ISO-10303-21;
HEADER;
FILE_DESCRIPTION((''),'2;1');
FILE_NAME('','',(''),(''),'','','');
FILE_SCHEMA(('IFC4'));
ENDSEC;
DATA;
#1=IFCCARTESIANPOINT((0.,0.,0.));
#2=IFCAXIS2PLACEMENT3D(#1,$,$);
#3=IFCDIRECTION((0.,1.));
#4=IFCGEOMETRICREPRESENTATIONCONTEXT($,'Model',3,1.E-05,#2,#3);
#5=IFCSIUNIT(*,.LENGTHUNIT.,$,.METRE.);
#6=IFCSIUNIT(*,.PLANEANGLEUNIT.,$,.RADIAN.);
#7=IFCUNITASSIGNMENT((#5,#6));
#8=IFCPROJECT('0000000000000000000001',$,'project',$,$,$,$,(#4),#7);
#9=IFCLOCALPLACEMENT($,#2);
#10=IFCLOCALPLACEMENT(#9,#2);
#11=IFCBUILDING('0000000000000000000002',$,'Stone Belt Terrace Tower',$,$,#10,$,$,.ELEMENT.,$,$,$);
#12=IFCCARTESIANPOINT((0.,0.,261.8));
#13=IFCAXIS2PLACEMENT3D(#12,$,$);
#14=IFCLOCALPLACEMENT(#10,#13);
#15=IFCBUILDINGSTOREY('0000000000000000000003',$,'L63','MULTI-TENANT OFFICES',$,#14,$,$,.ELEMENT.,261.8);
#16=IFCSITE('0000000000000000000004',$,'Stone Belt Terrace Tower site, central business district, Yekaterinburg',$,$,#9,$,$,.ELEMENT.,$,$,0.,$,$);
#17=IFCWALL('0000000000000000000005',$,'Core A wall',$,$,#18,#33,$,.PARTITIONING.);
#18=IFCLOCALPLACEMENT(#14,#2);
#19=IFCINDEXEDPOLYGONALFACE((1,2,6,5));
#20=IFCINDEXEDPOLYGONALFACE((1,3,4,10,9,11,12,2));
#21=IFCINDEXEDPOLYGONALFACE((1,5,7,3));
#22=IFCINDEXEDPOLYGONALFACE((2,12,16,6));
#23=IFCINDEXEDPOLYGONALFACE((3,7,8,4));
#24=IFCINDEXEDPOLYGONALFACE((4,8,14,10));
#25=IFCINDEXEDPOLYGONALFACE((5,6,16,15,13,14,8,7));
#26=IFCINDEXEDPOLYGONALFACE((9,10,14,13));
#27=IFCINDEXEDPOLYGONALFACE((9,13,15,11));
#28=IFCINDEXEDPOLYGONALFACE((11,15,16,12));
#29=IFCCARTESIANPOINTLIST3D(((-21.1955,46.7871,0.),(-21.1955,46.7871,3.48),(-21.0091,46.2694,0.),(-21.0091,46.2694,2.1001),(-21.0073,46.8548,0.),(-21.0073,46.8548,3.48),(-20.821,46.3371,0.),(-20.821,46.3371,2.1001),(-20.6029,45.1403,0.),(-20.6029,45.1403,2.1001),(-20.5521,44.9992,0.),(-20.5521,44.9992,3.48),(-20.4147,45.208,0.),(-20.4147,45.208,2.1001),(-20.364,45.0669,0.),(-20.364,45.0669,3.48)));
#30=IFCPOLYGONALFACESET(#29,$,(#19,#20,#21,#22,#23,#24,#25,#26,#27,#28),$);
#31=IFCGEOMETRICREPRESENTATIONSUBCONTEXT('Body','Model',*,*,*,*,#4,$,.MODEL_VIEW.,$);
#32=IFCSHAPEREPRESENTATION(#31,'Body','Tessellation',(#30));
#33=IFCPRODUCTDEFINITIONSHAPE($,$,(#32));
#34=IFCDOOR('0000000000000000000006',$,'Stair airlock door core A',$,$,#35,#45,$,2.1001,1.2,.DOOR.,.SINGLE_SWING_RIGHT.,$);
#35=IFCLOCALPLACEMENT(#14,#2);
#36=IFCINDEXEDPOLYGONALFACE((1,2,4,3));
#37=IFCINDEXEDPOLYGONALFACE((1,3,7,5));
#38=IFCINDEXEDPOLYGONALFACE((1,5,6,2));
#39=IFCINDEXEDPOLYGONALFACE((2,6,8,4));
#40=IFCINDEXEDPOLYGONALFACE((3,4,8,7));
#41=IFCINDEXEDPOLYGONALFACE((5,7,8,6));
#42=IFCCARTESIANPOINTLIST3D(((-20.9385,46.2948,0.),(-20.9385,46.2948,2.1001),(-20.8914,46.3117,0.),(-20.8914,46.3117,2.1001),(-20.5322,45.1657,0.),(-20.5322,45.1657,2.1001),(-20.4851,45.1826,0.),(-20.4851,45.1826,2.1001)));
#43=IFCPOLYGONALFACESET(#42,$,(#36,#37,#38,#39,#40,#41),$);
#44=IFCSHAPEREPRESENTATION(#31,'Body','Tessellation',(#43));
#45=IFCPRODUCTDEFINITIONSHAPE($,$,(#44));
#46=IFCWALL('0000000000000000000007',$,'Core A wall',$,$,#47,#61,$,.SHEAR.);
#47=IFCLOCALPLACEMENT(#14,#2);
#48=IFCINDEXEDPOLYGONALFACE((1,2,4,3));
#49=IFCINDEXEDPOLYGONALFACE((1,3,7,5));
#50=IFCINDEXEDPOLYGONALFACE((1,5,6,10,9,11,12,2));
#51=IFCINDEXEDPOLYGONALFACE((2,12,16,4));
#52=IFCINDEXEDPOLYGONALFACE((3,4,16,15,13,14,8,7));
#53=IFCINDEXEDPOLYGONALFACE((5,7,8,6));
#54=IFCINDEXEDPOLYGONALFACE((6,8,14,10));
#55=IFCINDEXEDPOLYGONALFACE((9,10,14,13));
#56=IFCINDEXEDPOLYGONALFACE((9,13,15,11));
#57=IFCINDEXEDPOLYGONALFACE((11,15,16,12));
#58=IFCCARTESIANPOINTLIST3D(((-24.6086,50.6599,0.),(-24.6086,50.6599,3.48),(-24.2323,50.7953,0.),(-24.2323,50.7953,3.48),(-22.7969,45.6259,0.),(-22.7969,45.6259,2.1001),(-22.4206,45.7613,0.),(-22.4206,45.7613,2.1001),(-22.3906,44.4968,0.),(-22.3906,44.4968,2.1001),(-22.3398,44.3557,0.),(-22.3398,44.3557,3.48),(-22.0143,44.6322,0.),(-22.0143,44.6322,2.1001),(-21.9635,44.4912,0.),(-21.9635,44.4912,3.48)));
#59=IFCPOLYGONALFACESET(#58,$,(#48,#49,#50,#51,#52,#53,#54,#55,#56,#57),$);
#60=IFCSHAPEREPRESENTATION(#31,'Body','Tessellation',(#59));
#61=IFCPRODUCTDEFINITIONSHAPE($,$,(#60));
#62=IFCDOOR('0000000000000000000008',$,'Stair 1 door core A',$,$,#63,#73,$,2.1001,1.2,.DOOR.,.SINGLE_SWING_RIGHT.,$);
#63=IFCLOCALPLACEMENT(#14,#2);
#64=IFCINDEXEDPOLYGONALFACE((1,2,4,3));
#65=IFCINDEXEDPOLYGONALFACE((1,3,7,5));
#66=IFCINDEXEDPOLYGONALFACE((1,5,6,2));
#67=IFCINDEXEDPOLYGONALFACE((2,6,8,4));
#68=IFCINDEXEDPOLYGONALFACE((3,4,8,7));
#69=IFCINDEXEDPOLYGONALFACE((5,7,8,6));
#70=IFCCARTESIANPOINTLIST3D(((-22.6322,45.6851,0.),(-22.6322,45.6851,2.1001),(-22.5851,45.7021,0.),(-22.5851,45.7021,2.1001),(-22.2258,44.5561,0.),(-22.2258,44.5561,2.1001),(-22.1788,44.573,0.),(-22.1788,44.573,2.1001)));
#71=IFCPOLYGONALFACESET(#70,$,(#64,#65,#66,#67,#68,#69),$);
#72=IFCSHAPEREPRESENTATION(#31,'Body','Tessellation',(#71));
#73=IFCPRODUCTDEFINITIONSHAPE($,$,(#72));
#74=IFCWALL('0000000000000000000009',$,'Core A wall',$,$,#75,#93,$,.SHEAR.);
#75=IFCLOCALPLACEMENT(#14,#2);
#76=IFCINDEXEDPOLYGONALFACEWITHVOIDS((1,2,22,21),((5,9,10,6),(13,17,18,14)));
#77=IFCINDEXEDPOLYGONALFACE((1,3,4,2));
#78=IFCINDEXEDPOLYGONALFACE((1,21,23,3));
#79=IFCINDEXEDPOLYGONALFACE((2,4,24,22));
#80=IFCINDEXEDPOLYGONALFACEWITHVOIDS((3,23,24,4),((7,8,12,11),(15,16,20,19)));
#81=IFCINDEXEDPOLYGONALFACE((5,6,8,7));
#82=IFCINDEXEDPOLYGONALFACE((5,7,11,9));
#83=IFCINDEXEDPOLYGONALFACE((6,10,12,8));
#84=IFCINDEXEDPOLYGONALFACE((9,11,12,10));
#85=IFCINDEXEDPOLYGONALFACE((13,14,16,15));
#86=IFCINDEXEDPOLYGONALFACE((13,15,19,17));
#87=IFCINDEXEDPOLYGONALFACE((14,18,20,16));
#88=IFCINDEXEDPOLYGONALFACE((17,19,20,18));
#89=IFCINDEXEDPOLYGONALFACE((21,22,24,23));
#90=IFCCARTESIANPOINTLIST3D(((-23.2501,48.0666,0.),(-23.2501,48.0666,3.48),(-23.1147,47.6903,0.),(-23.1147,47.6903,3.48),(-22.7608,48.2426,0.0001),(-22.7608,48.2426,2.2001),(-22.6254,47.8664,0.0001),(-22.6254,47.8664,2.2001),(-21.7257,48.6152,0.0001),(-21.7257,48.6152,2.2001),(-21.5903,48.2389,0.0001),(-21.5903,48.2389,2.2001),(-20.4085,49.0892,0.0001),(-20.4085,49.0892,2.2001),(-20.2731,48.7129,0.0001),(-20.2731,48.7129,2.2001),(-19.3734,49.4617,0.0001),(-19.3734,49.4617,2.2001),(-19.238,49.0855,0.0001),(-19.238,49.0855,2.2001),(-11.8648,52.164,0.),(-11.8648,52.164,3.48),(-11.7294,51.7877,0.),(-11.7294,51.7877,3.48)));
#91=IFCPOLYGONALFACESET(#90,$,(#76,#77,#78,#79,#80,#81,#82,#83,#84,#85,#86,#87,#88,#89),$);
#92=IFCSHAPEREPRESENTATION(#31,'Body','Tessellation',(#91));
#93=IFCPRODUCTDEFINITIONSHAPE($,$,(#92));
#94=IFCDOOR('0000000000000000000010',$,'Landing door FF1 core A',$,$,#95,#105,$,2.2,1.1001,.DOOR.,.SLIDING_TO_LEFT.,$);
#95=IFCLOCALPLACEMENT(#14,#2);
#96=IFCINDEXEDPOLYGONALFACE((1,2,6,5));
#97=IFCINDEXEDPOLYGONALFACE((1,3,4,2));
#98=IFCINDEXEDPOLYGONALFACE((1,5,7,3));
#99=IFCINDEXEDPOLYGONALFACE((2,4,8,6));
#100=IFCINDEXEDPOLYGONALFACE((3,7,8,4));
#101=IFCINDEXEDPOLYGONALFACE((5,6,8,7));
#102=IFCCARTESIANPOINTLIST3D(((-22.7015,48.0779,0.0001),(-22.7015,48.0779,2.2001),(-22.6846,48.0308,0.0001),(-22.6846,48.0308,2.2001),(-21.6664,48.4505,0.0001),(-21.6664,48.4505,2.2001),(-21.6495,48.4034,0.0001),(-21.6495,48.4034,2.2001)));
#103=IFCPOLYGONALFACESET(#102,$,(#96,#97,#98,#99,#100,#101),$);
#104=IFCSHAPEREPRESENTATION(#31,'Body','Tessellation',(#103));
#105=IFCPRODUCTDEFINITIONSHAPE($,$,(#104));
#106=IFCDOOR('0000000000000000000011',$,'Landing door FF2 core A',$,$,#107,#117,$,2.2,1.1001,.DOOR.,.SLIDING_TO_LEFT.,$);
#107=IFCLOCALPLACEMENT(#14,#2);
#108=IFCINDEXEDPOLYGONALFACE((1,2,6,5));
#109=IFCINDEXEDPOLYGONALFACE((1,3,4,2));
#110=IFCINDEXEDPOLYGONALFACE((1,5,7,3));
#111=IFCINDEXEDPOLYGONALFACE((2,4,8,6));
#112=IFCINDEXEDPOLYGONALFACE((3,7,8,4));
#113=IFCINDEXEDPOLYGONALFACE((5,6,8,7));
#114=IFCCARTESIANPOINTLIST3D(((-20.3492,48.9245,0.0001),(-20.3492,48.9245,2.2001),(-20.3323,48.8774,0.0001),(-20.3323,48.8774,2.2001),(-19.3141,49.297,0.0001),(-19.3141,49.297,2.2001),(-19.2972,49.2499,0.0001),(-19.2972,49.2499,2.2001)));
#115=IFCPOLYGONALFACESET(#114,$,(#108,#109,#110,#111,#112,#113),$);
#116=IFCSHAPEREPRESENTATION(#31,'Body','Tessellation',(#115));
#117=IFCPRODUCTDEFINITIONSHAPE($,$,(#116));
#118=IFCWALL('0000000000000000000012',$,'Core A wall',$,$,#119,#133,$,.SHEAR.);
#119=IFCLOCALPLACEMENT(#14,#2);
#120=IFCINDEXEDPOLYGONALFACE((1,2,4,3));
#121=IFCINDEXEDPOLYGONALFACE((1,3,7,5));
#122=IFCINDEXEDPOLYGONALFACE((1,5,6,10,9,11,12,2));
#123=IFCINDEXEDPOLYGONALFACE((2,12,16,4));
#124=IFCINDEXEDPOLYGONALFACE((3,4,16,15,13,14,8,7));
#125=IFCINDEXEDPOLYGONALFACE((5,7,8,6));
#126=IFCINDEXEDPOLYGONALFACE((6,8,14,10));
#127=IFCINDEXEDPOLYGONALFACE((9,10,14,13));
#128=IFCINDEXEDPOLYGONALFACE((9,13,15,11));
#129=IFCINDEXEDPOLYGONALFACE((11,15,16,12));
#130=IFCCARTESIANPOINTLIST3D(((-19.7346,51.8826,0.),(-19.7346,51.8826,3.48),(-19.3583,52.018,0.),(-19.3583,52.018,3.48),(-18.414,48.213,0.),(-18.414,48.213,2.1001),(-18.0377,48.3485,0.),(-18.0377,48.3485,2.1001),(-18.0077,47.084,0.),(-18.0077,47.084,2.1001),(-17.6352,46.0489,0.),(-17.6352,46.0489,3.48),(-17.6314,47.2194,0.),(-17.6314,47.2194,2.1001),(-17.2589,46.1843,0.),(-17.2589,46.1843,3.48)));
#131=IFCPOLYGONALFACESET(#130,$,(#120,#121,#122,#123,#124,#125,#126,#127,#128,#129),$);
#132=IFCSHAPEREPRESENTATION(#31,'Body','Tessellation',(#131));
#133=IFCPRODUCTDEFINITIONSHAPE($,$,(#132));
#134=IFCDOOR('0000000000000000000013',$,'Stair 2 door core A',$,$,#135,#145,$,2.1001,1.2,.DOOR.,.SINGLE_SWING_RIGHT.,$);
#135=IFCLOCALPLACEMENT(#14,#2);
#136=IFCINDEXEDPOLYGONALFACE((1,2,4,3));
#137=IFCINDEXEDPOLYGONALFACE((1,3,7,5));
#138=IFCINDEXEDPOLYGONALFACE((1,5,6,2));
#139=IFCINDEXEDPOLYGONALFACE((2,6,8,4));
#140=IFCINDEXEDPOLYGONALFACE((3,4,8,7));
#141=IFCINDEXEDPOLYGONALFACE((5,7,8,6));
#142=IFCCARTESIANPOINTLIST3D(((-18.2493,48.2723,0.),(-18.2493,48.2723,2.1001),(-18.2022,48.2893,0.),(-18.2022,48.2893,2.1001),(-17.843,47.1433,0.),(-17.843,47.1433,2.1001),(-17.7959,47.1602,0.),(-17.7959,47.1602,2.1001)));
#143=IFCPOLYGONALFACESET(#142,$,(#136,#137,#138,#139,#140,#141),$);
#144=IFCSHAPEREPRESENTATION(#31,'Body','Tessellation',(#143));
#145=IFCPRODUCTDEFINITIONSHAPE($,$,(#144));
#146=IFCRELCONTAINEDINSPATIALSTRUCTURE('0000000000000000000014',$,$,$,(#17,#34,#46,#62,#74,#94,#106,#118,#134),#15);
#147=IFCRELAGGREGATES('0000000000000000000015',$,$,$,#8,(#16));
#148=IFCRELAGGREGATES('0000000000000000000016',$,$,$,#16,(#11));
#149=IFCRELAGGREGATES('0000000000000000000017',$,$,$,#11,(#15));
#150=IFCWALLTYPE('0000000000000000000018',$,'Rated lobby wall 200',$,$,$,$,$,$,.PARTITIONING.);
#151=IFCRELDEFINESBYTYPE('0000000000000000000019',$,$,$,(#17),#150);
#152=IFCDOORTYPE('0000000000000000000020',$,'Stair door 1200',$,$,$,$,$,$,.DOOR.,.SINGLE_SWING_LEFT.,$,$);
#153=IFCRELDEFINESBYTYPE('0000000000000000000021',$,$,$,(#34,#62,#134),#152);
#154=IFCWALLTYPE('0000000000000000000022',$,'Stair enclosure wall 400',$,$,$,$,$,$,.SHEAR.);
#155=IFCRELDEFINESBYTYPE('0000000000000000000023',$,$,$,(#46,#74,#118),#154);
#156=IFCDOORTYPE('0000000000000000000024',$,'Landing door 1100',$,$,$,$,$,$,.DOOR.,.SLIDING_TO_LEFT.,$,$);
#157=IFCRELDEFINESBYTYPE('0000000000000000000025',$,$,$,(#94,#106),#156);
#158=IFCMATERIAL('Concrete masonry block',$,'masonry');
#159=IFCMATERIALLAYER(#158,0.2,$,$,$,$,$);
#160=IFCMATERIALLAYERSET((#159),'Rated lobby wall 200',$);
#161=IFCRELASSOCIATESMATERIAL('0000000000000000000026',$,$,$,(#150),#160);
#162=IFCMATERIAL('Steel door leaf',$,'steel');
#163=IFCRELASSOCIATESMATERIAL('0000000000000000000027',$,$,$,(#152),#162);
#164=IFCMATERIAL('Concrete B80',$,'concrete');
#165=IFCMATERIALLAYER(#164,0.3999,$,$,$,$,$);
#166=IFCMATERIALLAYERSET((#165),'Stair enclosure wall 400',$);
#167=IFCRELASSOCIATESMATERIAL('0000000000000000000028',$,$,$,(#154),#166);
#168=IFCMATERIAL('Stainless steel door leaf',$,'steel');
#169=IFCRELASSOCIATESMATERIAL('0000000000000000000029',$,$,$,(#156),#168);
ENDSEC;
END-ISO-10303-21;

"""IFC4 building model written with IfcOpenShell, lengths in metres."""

from ifc_helpers import new_model, si_unit, direction, frame, frame_2d, origin, place, context, subcontext, project, spatial, rectangle, extrude, material, layer, layer_set, type_object, element, fill, save


model = new_model("IFC4")

# Units and contexts
model_context = context("Model", 3, precision=1e-05, world=origin(), true_north=direction((0.0, 1.0)))
body_context = subcontext(model_context, "Body", "Model", "MODEL_VIEW")
ifc_project = project(units=[si_unit("LENGTHUNIT", "METRE"), si_unit("PLANEANGLEUNIT", "RADIAN")], contexts=[model_context])

# Site, building, storey
site_placement = place(None, origin())
site = spatial("IfcSite", under=ifc_project, at=site_placement, Name="Stone Belt Terrace Tower site, central business district, Yekaterinburg", CompositionType="ELEMENT", RefElevation=0.0)
building_placement = place(site_placement, origin())
building = spatial("IfcBuilding", under=site, at=building_placement, Name="Stone Belt Terrace Tower", CompositionType="ELEMENT")
storey_placement = place(building_placement, frame((0.0, 0.0, 261.8)))
storey = spatial("IfcBuildingStorey", under=building, at=storey_placement, Name="L63", Description="MULTI-TENANT OFFICES", CompositionType="ELEMENT", Elevation=261.8)

# Shared definitions
ifc_material_1 = material(Name="Concrete B80", Category="concrete")

# Shared definitions
ifc_material_2 = material(Name="Concrete masonry block", Category="masonry")
ifc_layer_1 = layer(ifc_material_2, 0.2)
ifc_layer_set_1 = layer_set([ifc_layer_1], Name="Rated lobby wall 200")
wall_type_1 = type_object("IfcWallType", Name="Rated lobby wall 200", PredefinedType="PARTITIONING", material=ifc_layer_set_1)

# Walls, openings, doors
wall_1_placement = place(storey_placement, frame((-20.458, 45.033, 0.0), z_axis=(0.0, 0.0, 1.0), x_axis=(-0.338574, 0.94094, 0.0)))
wall_1 = element("IfcWall", 1, at=wall_1_placement, inside=storey, type_object=wall_type_1, Name="Core A wall", PredefinedType="PARTITIONING", context=body_context, shape_type="SweptSolid", body=[
    extrude(rectangle(XDim=1.9001, YDim=0.2, at=frame_2d((0.9502, 0.0))), origin(), (0.0, 0.0, 1.0), 3.48),
])
opening_1_placement = place(wall_1_placement, frame((0.1499, 0.0, 0.0)))
opening_1 = element("IfcOpeningElement", 2, at=opening_1_placement, cuts=wall_1, PredefinedType="OPENING", context=body_context, shape_type="SweptSolid", body=[
    extrude(rectangle(XDim=1.2, YDim=2.1001, at=frame_2d((0.6001, 1.05))), frame((0.0, 0.1099, 0.0), z_axis=(0.0, -1.0, 0.0), x_axis=(1.0, 0.0, 0.0)), (0.0, 0.0, 1.0), 0.22),
])
ifc_material_3 = material(Name="Steel door leaf", Category="steel")
door_type_1 = type_object("IfcDoorType", Name="Stair door 1200", OperationType="SINGLE_SWING_LEFT", PredefinedType="DOOR", material=ifc_material_3)
door_1_placement = place(opening_1_placement, origin())
door_1 = element("IfcDoor", 3, at=door_1_placement, inside=storey, type_object=door_type_1, Name="Stair airlock door core A", OperationType="SINGLE_SWING_RIGHT", OverallHeight=2.1001, OverallWidth=1.2, PredefinedType="DOOR", context=body_context, shape_type="SweptSolid", body=[
    extrude(rectangle(XDim=1.2, YDim=2.1001, at=frame_2d((0.6001, 1.05))), frame((0.0, 0.0249, 0.0), z_axis=(0.0, -1.0, 0.0), x_axis=(1.0, 0.0, 0.0)), (0.0, 0.0, 1.0), 0.05),
])
fill(opening_1, door_1)
ifc_layer_2 = layer(ifc_material_1, 0.3999)
ifc_layer_set_2 = layer_set([ifc_layer_2], Name="Stair enclosure wall 400")
wall_type_2 = type_object("IfcWallType", Name="Stair enclosure wall 400", PredefinedType="SHEAR", material=ifc_layer_set_2)
wall_2_placement = place(storey_placement, frame((-22.1516, 44.4233, 0.0), z_axis=(0.0, 0.0, 1.0), x_axis=(-0.338625, 0.940921, 0.0)))
wall_2 = element("IfcWall", 4, at=wall_2_placement, inside=storey, type_object=wall_type_2, Name="Core A wall", PredefinedType="SHEAR", context=body_context, shape_type="SweptSolid", body=[
    extrude(rectangle(XDim=6.7, YDim=0.3999, at=frame_2d((3.3501, 0.0))), origin(), (0.0, 0.0, 1.0), 3.48),
])
opening_2_placement = place(wall_2_placement, frame((0.1499, 0.0, 0.0)))
opening_2 = element("IfcOpeningElement", 5, at=opening_2_placement, cuts=wall_2, PredefinedType="OPENING", context=body_context, shape_type="SweptSolid", body=[
    extrude(rectangle(XDim=1.2, YDim=2.1001, at=frame_2d((0.6001, 1.05))), frame((0.0, 0.21, 0.0), z_axis=(0.0, -1.0, 0.0), x_axis=(1.0, 0.0, 0.0)), (0.0, 0.0, 1.0), 0.4199),
])
door_2_placement = place(opening_2_placement, origin())
door_2 = element("IfcDoor", 6, at=door_2_placement, inside=storey, type_object=door_type_1, Name="Stair 1 door core A", OperationType="SINGLE_SWING_RIGHT", OverallHeight=2.1001, OverallWidth=1.2, PredefinedType="DOOR", context=body_context, shape_type="SweptSolid", body=[
    extrude(rectangle(XDim=1.2, YDim=2.1001, at=frame_2d((0.6001, 1.05))), frame((0.0, 0.0249, 0.0), z_axis=(0.0, -1.0, 0.0), x_axis=(1.0, 0.0, 0.0)), (0.0, 0.0, 1.0), 0.05),
])
fill(opening_2, door_2)

# Wall, openings, doors
wall_3_placement = place(storey_placement, frame((-23.1824, 47.8784, 0.0), z_axis=(0.0, 0.0, 1.0), x_axis=(0.940921, 0.338626, 0.0)))
wall_3 = element("IfcWall", 7, at=wall_3_placement, inside=storey, type_object=wall_type_2, Name="Core A wall", PredefinedType="SHEAR", context=body_context, shape_type="SweptSolid", body=[
    extrude(rectangle(XDim=12.1001, YDim=0.3999, at=frame_2d((6.05, 0.0))), origin(), (0.0, 0.0, 1.0), 3.48),
])
opening_3_placement = place(wall_3_placement, frame((0.52, 0.0, 0.0)))
opening_3 = element("IfcOpeningElement", 8, at=opening_3_placement, cuts=wall_3, PredefinedType="OPENING", context=body_context, shape_type="SweptSolid", body=[
    extrude(rectangle(XDim=1.1001, YDim=2.2, at=frame_2d((0.55, 1.1001))), frame((0.0, 0.21, 0.0), z_axis=(0.0, -1.0, 0.0), x_axis=(1.0, 0.0, 0.0)), (0.0, 0.0, 1.0), 0.4199),
])
opening_4_placement = place(wall_3_placement, frame((3.02, 0.0, 0.0)))
opening_4 = element("IfcOpeningElement", 9, at=opening_4_placement, cuts=wall_3, PredefinedType="OPENING", context=body_context, shape_type="SweptSolid", body=[
    extrude(rectangle(XDim=1.1001, YDim=2.2, at=frame_2d((0.55, 1.1001))), frame((0.0, 0.21, 0.0), z_axis=(0.0, -1.0, 0.0), x_axis=(1.0, 0.0, 0.0)), (0.0, 0.0, 1.0), 0.4199),
])
ifc_material_4 = material(Name="Stainless steel door leaf", Category="steel")
door_type_2 = type_object("IfcDoorType", Name="Landing door 1100", OperationType="SLIDING_TO_LEFT", PredefinedType="DOOR", material=ifc_material_4)
door_3_placement = place(opening_3_placement, origin())
door_3 = element("IfcDoor", 10, at=door_3_placement, inside=storey, type_object=door_type_2, Name="Landing door FF1 core A", OperationType="SLIDING_TO_LEFT", OverallHeight=2.2, OverallWidth=1.1001, PredefinedType="DOOR", context=body_context, shape_type="SweptSolid", body=[
    extrude(rectangle(XDim=1.1001, YDim=2.2, at=frame_2d((0.55, 1.1001))), frame((0.0, 0.0249, 0.0), z_axis=(0.0, -1.0, 0.0), x_axis=(1.0, 0.0, 0.0)), (0.0, 0.0, 1.0), 0.05),
])
fill(opening_3, door_3)
door_4_placement = place(opening_4_placement, origin())
door_4 = element("IfcDoor", 11, at=door_4_placement, inside=storey, type_object=door_type_2, Name="Landing door FF2 core A", OperationType="SLIDING_TO_LEFT", OverallHeight=2.2, OverallWidth=1.1001, PredefinedType="DOOR", context=body_context, shape_type="SweptSolid", body=[
    extrude(rectangle(XDim=1.1001, YDim=2.2, at=frame_2d((0.55, 1.1001))), frame((0.0, 0.0249, 0.0), z_axis=(0.0, -1.0, 0.0), x_axis=(1.0, 0.0, 0.0)), (0.0, 0.0, 1.0), 0.05),
])
fill(opening_4, door_4)

# Wall, opening, door
wall_4_placement = place(storey_placement, frame((-17.447, 46.1165, 0.0), z_axis=(0.0, 0.0, 1.0), x_axis=(-0.338608, 0.940928, 0.0)))
wall_4 = element("IfcWall", 12, at=wall_4_placement, inside=storey, type_object=wall_type_2, Name="Core A wall", PredefinedType="SHEAR", context=body_context, shape_type="SweptSolid", body=[
    extrude(rectangle(XDim=6.2, YDim=0.3999, at=frame_2d((3.1001, 0.0))), origin(), (0.0, 0.0, 1.0), 3.48),
])
opening_5_placement = place(wall_4_placement, frame((1.1001, 0.0, 0.0)))
opening_5 = element("IfcOpeningElement", 13, at=opening_5_placement, cuts=wall_4, PredefinedType="OPENING", context=body_context, shape_type="SweptSolid", body=[
    extrude(rectangle(XDim=1.2, YDim=2.1001, at=frame_2d((0.6001, 1.05))), frame((0.0, 0.21, 0.0), z_axis=(0.0, -1.0, 0.0), x_axis=(1.0, 0.0, 0.0)), (0.0, 0.0, 1.0), 0.4199),
])
door_5_placement = place(opening_5_placement, origin())
door_5 = element("IfcDoor", 14, at=door_5_placement, inside=storey, type_object=door_type_1, Name="Stair 2 door core A", OperationType="SINGLE_SWING_RIGHT", OverallHeight=2.1001, OverallWidth=1.2, PredefinedType="DOOR", context=body_context, shape_type="SweptSolid", body=[
    extrude(rectangle(XDim=1.2, YDim=2.1001, at=frame_2d((0.6001, 1.05))), frame((0.0, 0.0249, 0.0), z_axis=(0.0, -1.0, 0.0), x_axis=(1.0, 0.0, 0.0)), (0.0, 0.0, 1.0), 0.05),
])
fill(opening_5, door_5)

save(model, "model.ifc")
